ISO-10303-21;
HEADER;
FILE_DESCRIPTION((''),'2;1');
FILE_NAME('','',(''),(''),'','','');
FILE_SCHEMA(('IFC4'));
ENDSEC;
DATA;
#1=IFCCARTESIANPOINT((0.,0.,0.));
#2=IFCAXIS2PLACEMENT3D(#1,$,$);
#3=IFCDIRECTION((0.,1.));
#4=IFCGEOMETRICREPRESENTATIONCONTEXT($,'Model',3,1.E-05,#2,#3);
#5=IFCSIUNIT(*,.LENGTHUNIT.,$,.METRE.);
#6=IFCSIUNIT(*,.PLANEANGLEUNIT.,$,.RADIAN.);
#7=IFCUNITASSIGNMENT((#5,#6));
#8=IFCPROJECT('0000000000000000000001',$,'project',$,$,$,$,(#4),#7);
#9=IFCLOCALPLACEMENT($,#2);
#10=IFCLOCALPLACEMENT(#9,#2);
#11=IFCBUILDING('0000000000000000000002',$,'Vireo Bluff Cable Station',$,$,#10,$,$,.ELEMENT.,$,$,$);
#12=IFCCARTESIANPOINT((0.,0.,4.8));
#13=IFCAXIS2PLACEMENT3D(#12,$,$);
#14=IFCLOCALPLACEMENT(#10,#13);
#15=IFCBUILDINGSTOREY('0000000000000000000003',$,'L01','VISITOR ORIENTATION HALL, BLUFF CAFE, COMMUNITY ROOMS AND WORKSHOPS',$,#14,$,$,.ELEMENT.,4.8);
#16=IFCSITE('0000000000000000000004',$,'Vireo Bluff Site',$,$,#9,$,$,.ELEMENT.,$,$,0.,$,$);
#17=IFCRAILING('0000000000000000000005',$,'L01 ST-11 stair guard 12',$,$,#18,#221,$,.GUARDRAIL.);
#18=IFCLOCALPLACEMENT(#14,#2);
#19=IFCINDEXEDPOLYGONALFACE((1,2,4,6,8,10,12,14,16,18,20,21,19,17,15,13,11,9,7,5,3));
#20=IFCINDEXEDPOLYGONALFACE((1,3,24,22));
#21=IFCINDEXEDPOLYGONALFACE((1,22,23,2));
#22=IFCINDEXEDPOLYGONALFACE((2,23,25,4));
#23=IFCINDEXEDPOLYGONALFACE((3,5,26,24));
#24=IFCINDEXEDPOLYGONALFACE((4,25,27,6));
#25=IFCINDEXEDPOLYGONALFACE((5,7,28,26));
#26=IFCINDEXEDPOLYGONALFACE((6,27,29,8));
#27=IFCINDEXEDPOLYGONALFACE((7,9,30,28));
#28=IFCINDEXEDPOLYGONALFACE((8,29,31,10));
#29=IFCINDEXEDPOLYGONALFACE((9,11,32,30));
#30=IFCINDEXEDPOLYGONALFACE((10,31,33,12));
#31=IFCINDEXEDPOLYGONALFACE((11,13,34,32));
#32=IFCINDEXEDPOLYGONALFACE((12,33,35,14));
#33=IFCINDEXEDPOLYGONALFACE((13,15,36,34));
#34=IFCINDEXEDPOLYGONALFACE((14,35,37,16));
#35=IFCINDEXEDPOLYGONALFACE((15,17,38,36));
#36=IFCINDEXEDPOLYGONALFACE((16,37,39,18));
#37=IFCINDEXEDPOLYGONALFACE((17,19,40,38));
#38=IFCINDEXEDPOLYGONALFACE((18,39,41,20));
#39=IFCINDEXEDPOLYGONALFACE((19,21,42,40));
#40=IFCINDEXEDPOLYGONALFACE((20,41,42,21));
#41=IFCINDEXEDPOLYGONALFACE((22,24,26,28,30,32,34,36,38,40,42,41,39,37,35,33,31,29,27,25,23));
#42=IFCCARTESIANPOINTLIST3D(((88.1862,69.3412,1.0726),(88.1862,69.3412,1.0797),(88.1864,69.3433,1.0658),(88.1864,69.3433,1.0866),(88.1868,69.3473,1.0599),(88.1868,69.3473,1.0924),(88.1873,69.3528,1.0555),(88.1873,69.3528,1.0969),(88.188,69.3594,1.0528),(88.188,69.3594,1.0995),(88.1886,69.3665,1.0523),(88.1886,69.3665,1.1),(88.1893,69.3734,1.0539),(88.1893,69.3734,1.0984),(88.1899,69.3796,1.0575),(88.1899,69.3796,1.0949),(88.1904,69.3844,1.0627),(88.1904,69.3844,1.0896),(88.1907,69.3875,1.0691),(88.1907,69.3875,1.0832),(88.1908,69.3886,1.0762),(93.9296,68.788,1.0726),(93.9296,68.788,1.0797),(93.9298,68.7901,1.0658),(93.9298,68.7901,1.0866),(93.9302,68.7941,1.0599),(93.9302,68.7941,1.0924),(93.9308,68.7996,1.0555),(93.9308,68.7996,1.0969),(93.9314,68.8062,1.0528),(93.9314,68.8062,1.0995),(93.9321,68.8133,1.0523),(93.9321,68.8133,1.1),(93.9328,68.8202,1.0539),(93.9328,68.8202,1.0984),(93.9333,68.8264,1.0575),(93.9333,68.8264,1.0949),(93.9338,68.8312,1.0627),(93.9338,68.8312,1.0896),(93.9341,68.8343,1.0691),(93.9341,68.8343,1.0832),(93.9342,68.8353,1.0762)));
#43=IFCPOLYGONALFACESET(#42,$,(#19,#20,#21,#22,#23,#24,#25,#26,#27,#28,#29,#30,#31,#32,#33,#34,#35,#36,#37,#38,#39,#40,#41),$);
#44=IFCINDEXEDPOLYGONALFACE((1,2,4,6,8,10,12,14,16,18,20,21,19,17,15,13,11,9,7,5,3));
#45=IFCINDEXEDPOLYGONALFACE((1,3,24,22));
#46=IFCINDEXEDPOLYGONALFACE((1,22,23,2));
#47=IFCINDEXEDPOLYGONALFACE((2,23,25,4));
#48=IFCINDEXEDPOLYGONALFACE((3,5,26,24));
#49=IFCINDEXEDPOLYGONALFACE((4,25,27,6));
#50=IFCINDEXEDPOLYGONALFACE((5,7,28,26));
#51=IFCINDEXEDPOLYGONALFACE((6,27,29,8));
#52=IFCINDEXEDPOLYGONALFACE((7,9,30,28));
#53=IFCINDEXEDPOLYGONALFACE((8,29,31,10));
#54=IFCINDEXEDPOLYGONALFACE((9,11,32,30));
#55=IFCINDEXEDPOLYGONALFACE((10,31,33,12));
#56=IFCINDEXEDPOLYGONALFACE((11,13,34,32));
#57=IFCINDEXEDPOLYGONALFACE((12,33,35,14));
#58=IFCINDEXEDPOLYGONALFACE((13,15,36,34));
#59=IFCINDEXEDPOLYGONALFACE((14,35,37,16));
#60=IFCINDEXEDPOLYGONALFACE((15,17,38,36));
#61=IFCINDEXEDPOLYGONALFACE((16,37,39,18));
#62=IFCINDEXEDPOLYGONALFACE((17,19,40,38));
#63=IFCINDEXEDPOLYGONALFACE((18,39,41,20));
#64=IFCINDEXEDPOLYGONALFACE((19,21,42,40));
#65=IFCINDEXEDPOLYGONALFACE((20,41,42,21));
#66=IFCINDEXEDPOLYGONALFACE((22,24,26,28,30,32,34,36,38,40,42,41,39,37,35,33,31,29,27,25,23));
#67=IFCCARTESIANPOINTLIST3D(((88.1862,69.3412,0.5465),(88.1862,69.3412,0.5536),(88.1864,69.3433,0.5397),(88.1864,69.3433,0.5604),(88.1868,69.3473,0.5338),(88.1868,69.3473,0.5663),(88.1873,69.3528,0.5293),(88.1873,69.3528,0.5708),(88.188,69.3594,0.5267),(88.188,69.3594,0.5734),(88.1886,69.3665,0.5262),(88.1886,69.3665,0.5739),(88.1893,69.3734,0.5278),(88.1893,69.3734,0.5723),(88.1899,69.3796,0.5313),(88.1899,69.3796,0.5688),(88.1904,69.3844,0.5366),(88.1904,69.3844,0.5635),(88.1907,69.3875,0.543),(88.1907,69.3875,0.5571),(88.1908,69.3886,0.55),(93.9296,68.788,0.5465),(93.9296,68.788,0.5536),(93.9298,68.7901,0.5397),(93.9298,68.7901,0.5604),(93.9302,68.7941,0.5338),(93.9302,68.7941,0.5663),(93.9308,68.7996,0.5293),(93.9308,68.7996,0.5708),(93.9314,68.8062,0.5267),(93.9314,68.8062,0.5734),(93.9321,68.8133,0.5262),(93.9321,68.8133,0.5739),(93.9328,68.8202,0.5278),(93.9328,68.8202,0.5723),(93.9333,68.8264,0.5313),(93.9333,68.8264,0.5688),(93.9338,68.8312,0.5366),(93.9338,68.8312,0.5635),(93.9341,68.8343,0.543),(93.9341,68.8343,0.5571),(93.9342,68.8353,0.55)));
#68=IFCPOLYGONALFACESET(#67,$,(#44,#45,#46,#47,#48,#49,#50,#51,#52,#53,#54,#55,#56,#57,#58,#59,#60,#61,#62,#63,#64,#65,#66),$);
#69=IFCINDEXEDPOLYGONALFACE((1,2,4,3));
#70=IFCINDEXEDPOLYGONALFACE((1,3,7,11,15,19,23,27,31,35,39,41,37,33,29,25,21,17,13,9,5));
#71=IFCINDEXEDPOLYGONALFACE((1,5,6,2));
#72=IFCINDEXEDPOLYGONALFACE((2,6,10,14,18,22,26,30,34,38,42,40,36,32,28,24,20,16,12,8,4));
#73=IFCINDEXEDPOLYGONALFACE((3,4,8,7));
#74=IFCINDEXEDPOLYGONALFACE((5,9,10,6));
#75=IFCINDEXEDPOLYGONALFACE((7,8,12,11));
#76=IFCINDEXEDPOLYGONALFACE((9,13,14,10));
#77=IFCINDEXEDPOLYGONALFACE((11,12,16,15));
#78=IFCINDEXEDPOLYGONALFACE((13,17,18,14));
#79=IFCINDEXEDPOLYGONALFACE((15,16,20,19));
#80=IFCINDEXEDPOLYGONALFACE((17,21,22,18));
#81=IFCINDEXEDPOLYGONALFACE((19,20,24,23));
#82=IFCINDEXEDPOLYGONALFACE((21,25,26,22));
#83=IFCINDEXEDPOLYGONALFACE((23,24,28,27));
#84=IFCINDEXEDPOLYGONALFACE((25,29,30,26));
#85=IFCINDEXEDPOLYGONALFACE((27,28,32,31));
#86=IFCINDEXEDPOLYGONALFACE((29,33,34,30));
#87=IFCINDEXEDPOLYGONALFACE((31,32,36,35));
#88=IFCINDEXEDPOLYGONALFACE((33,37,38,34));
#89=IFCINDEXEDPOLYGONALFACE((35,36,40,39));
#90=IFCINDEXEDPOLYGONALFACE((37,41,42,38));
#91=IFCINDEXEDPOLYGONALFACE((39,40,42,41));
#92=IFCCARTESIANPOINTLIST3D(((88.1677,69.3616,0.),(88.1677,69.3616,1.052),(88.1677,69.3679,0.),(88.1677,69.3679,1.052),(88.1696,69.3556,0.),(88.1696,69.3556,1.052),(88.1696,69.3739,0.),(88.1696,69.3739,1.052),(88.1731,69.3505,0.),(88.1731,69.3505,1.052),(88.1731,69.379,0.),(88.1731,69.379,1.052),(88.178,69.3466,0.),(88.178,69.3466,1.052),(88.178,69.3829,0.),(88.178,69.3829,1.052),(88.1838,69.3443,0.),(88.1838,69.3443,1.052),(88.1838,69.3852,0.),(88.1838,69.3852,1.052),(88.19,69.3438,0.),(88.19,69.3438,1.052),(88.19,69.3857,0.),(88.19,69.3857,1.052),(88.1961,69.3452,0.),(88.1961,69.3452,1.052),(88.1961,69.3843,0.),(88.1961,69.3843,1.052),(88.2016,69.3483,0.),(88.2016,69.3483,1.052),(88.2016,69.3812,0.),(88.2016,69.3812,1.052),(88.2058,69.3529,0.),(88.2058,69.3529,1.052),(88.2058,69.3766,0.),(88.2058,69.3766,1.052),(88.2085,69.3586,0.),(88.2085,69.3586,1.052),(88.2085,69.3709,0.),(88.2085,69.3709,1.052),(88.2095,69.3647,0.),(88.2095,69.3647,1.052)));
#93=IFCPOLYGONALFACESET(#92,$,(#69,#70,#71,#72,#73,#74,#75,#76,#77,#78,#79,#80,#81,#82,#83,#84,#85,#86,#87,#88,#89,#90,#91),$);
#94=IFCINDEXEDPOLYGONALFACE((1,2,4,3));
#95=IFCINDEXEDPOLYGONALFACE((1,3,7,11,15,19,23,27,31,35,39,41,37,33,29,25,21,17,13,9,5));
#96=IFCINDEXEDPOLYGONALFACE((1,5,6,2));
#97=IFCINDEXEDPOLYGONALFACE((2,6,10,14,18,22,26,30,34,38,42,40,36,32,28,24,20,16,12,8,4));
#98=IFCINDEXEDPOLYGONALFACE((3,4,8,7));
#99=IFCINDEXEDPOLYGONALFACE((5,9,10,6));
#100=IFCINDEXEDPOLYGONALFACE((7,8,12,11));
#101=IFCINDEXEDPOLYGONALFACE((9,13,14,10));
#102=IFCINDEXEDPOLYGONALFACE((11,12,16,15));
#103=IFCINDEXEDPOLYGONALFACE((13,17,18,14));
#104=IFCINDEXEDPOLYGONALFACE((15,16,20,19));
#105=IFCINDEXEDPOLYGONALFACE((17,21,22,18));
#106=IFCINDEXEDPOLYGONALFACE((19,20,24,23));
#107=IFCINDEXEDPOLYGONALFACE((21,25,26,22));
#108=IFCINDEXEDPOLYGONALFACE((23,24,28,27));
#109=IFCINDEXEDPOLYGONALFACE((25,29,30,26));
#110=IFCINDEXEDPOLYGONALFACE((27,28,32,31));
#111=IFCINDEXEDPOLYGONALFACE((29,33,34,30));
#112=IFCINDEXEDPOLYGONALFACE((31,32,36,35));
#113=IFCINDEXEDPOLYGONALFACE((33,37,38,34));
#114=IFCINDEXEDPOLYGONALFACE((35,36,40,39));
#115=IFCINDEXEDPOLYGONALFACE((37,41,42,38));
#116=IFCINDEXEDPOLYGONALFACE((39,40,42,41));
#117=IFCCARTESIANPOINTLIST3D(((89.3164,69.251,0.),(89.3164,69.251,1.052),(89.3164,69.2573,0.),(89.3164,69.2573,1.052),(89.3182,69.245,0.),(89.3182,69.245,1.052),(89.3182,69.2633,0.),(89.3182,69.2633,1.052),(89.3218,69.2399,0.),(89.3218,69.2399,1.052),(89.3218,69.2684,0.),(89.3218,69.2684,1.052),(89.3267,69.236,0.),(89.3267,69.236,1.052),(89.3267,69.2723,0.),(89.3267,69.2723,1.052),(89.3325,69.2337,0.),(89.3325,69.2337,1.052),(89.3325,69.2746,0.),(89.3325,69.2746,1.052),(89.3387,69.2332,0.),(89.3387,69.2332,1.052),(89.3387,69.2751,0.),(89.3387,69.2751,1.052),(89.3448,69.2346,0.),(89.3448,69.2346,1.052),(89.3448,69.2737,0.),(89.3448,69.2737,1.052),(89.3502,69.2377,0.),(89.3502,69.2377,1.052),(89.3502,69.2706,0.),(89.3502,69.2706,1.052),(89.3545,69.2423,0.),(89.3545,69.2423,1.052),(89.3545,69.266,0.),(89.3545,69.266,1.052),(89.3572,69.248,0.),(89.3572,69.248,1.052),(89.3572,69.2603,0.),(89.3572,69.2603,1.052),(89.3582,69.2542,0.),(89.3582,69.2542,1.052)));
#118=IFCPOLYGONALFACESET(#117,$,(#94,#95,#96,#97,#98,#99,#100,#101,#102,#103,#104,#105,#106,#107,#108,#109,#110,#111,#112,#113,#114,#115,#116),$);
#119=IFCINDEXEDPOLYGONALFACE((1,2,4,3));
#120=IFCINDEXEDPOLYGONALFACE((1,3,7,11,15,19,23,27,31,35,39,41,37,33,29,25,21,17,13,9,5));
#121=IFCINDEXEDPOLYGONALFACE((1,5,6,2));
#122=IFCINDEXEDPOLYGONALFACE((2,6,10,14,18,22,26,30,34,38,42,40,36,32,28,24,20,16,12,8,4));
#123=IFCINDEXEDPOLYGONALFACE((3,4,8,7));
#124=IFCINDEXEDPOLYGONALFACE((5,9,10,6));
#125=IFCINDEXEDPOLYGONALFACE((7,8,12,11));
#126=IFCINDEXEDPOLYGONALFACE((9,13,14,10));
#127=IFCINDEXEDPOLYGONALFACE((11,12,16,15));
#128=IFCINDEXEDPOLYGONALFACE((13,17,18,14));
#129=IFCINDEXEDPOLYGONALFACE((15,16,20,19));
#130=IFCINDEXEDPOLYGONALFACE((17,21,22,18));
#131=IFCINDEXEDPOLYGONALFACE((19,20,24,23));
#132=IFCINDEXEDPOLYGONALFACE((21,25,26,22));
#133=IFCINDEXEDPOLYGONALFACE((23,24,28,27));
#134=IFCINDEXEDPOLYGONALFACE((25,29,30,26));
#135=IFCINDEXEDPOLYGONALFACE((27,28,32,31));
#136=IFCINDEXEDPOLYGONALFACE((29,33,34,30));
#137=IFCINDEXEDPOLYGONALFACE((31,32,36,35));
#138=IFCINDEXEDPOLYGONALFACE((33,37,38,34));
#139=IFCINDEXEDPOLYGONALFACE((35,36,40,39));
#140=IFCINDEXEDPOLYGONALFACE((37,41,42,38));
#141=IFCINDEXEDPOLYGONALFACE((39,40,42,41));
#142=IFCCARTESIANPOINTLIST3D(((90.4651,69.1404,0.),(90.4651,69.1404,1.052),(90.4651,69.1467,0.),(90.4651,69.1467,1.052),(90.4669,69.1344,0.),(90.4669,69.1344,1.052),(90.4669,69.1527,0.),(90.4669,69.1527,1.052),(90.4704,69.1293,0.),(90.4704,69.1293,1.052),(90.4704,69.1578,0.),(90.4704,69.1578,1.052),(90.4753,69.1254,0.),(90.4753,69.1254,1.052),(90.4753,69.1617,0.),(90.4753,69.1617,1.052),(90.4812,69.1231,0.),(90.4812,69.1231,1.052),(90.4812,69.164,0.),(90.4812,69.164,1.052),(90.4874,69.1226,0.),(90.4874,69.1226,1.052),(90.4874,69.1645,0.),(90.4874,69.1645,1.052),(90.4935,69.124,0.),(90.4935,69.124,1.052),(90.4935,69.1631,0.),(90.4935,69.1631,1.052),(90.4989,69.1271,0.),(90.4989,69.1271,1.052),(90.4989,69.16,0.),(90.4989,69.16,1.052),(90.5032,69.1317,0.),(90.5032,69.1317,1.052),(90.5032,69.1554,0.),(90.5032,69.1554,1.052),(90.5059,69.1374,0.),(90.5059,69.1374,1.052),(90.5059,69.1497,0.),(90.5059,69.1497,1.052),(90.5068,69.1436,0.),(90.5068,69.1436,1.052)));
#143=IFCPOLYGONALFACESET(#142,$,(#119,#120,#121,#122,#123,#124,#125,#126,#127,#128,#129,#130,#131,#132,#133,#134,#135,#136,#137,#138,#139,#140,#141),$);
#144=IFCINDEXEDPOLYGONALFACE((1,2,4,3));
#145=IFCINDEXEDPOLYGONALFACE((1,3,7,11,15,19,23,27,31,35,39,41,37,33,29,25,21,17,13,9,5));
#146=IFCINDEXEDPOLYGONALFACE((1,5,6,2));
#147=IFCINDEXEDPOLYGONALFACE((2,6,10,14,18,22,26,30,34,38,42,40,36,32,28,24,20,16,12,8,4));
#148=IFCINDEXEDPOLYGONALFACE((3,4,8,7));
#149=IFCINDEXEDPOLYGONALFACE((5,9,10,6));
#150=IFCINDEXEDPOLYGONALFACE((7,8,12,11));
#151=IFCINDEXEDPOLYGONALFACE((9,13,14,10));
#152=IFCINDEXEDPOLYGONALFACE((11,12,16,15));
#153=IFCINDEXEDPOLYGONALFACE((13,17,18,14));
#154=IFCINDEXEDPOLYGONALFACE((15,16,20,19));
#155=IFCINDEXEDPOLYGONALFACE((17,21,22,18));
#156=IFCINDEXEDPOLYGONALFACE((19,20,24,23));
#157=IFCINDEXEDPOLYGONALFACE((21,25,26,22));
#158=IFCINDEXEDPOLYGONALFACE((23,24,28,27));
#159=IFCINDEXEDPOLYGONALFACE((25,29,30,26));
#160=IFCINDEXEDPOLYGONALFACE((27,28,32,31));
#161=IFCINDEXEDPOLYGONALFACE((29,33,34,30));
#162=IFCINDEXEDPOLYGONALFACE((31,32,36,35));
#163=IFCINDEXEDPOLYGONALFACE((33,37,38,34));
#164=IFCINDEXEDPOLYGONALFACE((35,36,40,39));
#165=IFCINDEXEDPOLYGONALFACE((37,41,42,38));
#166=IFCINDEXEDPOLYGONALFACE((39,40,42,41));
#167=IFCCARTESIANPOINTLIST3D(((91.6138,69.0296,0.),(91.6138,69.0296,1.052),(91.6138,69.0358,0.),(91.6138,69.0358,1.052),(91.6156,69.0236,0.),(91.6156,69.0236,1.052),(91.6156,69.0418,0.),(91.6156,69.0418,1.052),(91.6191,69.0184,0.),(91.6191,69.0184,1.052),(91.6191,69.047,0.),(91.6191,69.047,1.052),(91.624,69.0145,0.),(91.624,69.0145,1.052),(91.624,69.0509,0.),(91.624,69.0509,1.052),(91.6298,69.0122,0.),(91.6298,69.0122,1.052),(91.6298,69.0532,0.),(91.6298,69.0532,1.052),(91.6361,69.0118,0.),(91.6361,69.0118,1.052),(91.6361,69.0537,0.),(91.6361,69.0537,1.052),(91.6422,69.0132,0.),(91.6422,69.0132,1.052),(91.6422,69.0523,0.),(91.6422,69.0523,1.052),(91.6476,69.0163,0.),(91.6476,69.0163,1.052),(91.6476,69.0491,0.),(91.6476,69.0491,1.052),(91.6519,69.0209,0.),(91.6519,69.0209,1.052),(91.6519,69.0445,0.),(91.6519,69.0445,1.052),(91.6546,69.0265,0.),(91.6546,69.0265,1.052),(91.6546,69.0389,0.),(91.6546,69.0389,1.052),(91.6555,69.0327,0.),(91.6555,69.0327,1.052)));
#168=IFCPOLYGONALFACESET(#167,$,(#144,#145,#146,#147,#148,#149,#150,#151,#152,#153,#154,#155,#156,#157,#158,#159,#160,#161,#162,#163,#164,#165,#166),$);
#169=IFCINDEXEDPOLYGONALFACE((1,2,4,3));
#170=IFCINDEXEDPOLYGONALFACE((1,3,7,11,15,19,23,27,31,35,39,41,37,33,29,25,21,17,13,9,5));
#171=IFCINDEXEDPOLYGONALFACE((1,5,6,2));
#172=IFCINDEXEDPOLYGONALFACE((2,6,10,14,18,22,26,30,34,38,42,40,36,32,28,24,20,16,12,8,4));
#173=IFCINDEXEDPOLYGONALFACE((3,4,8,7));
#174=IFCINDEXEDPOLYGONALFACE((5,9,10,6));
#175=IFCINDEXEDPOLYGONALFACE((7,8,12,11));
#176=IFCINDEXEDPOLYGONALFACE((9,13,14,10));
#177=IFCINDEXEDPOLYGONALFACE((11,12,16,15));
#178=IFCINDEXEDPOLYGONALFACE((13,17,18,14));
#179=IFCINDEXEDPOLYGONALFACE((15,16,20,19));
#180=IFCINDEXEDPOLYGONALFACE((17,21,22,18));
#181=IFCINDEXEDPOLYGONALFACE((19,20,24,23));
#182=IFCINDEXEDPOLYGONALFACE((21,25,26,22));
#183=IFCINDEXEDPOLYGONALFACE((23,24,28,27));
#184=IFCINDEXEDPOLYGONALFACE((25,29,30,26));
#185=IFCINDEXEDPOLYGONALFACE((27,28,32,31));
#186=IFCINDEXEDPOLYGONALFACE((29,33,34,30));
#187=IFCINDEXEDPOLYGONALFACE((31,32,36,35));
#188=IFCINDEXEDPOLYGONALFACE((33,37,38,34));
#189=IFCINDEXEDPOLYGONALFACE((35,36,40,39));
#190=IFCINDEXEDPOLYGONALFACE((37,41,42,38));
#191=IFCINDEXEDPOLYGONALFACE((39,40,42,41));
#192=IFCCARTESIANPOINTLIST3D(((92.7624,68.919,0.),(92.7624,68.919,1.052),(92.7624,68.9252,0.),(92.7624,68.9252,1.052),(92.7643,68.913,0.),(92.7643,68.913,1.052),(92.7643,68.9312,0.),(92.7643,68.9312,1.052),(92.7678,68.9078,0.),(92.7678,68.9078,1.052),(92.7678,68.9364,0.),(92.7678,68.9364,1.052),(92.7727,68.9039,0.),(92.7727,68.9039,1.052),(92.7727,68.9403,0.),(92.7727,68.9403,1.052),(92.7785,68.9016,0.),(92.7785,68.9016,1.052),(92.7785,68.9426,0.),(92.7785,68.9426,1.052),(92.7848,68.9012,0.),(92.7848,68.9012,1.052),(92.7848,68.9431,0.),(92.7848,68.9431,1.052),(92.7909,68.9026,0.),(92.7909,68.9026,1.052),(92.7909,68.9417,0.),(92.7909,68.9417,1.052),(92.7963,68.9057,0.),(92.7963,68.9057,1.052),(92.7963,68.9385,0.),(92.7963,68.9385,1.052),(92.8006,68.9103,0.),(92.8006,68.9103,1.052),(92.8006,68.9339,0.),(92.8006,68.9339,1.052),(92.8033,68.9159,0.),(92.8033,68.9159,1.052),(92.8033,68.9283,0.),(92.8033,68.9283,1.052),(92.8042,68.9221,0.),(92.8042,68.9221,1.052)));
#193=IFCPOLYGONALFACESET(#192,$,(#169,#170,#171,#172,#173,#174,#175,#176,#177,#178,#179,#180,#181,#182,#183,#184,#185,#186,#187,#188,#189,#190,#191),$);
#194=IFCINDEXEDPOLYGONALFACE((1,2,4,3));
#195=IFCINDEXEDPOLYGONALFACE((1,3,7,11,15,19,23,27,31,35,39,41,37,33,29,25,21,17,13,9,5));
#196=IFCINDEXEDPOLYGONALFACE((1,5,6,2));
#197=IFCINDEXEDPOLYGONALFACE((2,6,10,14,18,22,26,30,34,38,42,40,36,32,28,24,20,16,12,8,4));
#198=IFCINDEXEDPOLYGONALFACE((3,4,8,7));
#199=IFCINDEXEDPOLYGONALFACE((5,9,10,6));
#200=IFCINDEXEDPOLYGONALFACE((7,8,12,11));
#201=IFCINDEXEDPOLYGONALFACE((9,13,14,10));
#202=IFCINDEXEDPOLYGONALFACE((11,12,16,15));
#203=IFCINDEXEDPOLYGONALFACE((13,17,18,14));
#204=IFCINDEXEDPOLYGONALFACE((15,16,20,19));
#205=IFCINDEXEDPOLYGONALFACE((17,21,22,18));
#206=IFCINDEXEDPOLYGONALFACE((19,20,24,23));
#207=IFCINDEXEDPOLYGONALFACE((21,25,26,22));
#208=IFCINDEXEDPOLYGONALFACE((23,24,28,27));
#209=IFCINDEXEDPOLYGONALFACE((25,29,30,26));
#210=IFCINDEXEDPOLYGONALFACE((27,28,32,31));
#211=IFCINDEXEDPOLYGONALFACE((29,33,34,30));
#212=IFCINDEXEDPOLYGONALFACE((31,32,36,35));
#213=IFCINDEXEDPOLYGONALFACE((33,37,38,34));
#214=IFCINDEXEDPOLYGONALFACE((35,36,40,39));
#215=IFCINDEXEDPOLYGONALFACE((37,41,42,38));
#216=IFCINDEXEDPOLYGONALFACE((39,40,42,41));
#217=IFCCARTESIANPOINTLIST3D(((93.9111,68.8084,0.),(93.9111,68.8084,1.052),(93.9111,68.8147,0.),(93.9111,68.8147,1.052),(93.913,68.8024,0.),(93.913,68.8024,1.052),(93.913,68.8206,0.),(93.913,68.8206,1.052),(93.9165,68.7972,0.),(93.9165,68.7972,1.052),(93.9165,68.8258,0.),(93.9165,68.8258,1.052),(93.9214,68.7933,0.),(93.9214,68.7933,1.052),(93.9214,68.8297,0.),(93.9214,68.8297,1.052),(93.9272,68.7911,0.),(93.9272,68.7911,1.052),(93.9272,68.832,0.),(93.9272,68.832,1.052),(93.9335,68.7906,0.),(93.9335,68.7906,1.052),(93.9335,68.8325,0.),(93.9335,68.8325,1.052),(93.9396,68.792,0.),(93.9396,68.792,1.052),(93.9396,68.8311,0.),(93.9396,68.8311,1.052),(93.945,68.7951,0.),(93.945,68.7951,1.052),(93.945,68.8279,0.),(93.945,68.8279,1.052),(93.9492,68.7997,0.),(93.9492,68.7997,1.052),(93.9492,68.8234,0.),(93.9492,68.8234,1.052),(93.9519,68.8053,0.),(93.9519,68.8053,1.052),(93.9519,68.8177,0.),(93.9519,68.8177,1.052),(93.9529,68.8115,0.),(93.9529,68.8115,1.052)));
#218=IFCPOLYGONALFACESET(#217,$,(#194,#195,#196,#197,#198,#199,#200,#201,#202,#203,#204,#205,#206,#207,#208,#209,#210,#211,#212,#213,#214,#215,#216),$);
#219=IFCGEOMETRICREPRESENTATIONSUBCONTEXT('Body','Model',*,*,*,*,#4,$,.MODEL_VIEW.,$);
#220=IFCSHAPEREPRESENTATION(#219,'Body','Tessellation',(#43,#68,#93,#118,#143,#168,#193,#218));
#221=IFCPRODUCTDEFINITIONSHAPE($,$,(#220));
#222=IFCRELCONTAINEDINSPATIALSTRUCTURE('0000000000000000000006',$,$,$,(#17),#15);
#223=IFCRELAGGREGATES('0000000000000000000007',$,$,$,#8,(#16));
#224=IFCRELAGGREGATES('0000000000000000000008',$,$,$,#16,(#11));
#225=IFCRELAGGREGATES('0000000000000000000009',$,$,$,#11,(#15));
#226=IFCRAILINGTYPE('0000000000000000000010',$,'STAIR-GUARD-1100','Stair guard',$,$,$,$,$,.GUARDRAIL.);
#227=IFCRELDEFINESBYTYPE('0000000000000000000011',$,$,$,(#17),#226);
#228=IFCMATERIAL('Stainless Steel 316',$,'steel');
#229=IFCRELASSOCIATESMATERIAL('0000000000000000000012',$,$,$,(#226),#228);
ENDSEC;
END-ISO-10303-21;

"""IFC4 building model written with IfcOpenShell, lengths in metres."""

from ifc_helpers import new_model, si_unit, direction, frame, origin, origin_2d, place, context, subcontext, project, spatial, circle, extrude, material, type_object, element, save


model = new_model("IFC4")

# Units and contexts
model_context = context("Model", 3, precision=1e-05, world=origin(), true_north=direction((0.0, 1.0)))
body_context = subcontext(model_context, "Body", "Model", "MODEL_VIEW")
ifc_project = project(units=[si_unit("LENGTHUNIT", "METRE"), si_unit("PLANEANGLEUNIT", "RADIAN")], contexts=[model_context])

# Site, building, storey
site_placement = place(None, origin())
site = spatial("IfcSite", under=ifc_project, at=site_placement, Name="Vireo Bluff Site", CompositionType="ELEMENT", RefElevation=0.0)
building_placement = place(site_placement, origin())
building = spatial("IfcBuilding", under=site, at=building_placement, Name="Vireo Bluff Cable Station", CompositionType="ELEMENT")
storey_placement = place(building_placement, frame((0.0, 0.0, 4.8)))
storey = spatial("IfcBuildingStorey", under=building, at=storey_placement, Name="L01", Description="VISITOR ORIENTATION HALL, BLUFF CAFE, COMMUNITY ROOMS AND WORKSHOPS", CompositionType="ELEMENT", Elevation=4.8)

# Railing
ifc_material_1 = material(Name="Stainless Steel 316", Category="steel")
railing_type_1 = type_object("IfcRailingType", Name="STAIR-GUARD-1100", Description="Stair guard", PredefinedType="GUARDRAIL", material=ifc_material_1)
railing_1_placement = place(storey_placement, frame((88.1885, 69.3647, 0.0)))
element("IfcRailing", 1, at=railing_1_placement, inside=storey, type_object=railing_type_1, Name="L01 ST-11 stair guard 12", PredefinedType="GUARDRAIL", context=body_context, shape_type="SweptSolid", body=[
    extrude(circle(Radius=0.0239, at=origin_2d()), frame((0.0, 0.0, 1.0762), z_axis=(0.995393, -0.095879, 0.0), x_axis=(0.095879, 0.995393, 0.0)), (0.0, 0.0, 1.0), 5.77),
    extrude(circle(Radius=0.0239, at=origin_2d()), frame((0.0, 0.0, 0.55), z_axis=(0.995393, -0.095879, 0.0), x_axis=(0.095879, 0.995393, 0.0)), (0.0, 0.0, 1.0), 5.77),
    extrude(circle(Radius=0.021, at=origin_2d()), origin(), (0.0, 0.0, 1.0), 1.052),
    extrude(circle(Radius=0.021, at=origin_2d()), frame((1.1487, -0.1106, 0.0)), (0.0, 0.0, 1.0), 1.052),
    extrude(circle(Radius=0.021, at=origin_2d()), frame((2.2974, -0.2212, 0.0)), (0.0, 0.0, 1.0), 1.052),
    extrude(circle(Radius=0.021, at=origin_2d()), frame((3.446, -0.332, 0.0)), (0.0, 0.0, 1.0), 1.052),
    extrude(circle(Radius=0.021, at=origin_2d()), frame((4.5947, -0.4426, 0.0)), (0.0, 0.0, 1.0), 1.052),
    extrude(circle(Radius=0.021, at=origin_2d()), frame((5.7434, -0.5532, 0.0)), (0.0, 0.0, 1.0), 1.052),
])

save(model, "model.ifc")
